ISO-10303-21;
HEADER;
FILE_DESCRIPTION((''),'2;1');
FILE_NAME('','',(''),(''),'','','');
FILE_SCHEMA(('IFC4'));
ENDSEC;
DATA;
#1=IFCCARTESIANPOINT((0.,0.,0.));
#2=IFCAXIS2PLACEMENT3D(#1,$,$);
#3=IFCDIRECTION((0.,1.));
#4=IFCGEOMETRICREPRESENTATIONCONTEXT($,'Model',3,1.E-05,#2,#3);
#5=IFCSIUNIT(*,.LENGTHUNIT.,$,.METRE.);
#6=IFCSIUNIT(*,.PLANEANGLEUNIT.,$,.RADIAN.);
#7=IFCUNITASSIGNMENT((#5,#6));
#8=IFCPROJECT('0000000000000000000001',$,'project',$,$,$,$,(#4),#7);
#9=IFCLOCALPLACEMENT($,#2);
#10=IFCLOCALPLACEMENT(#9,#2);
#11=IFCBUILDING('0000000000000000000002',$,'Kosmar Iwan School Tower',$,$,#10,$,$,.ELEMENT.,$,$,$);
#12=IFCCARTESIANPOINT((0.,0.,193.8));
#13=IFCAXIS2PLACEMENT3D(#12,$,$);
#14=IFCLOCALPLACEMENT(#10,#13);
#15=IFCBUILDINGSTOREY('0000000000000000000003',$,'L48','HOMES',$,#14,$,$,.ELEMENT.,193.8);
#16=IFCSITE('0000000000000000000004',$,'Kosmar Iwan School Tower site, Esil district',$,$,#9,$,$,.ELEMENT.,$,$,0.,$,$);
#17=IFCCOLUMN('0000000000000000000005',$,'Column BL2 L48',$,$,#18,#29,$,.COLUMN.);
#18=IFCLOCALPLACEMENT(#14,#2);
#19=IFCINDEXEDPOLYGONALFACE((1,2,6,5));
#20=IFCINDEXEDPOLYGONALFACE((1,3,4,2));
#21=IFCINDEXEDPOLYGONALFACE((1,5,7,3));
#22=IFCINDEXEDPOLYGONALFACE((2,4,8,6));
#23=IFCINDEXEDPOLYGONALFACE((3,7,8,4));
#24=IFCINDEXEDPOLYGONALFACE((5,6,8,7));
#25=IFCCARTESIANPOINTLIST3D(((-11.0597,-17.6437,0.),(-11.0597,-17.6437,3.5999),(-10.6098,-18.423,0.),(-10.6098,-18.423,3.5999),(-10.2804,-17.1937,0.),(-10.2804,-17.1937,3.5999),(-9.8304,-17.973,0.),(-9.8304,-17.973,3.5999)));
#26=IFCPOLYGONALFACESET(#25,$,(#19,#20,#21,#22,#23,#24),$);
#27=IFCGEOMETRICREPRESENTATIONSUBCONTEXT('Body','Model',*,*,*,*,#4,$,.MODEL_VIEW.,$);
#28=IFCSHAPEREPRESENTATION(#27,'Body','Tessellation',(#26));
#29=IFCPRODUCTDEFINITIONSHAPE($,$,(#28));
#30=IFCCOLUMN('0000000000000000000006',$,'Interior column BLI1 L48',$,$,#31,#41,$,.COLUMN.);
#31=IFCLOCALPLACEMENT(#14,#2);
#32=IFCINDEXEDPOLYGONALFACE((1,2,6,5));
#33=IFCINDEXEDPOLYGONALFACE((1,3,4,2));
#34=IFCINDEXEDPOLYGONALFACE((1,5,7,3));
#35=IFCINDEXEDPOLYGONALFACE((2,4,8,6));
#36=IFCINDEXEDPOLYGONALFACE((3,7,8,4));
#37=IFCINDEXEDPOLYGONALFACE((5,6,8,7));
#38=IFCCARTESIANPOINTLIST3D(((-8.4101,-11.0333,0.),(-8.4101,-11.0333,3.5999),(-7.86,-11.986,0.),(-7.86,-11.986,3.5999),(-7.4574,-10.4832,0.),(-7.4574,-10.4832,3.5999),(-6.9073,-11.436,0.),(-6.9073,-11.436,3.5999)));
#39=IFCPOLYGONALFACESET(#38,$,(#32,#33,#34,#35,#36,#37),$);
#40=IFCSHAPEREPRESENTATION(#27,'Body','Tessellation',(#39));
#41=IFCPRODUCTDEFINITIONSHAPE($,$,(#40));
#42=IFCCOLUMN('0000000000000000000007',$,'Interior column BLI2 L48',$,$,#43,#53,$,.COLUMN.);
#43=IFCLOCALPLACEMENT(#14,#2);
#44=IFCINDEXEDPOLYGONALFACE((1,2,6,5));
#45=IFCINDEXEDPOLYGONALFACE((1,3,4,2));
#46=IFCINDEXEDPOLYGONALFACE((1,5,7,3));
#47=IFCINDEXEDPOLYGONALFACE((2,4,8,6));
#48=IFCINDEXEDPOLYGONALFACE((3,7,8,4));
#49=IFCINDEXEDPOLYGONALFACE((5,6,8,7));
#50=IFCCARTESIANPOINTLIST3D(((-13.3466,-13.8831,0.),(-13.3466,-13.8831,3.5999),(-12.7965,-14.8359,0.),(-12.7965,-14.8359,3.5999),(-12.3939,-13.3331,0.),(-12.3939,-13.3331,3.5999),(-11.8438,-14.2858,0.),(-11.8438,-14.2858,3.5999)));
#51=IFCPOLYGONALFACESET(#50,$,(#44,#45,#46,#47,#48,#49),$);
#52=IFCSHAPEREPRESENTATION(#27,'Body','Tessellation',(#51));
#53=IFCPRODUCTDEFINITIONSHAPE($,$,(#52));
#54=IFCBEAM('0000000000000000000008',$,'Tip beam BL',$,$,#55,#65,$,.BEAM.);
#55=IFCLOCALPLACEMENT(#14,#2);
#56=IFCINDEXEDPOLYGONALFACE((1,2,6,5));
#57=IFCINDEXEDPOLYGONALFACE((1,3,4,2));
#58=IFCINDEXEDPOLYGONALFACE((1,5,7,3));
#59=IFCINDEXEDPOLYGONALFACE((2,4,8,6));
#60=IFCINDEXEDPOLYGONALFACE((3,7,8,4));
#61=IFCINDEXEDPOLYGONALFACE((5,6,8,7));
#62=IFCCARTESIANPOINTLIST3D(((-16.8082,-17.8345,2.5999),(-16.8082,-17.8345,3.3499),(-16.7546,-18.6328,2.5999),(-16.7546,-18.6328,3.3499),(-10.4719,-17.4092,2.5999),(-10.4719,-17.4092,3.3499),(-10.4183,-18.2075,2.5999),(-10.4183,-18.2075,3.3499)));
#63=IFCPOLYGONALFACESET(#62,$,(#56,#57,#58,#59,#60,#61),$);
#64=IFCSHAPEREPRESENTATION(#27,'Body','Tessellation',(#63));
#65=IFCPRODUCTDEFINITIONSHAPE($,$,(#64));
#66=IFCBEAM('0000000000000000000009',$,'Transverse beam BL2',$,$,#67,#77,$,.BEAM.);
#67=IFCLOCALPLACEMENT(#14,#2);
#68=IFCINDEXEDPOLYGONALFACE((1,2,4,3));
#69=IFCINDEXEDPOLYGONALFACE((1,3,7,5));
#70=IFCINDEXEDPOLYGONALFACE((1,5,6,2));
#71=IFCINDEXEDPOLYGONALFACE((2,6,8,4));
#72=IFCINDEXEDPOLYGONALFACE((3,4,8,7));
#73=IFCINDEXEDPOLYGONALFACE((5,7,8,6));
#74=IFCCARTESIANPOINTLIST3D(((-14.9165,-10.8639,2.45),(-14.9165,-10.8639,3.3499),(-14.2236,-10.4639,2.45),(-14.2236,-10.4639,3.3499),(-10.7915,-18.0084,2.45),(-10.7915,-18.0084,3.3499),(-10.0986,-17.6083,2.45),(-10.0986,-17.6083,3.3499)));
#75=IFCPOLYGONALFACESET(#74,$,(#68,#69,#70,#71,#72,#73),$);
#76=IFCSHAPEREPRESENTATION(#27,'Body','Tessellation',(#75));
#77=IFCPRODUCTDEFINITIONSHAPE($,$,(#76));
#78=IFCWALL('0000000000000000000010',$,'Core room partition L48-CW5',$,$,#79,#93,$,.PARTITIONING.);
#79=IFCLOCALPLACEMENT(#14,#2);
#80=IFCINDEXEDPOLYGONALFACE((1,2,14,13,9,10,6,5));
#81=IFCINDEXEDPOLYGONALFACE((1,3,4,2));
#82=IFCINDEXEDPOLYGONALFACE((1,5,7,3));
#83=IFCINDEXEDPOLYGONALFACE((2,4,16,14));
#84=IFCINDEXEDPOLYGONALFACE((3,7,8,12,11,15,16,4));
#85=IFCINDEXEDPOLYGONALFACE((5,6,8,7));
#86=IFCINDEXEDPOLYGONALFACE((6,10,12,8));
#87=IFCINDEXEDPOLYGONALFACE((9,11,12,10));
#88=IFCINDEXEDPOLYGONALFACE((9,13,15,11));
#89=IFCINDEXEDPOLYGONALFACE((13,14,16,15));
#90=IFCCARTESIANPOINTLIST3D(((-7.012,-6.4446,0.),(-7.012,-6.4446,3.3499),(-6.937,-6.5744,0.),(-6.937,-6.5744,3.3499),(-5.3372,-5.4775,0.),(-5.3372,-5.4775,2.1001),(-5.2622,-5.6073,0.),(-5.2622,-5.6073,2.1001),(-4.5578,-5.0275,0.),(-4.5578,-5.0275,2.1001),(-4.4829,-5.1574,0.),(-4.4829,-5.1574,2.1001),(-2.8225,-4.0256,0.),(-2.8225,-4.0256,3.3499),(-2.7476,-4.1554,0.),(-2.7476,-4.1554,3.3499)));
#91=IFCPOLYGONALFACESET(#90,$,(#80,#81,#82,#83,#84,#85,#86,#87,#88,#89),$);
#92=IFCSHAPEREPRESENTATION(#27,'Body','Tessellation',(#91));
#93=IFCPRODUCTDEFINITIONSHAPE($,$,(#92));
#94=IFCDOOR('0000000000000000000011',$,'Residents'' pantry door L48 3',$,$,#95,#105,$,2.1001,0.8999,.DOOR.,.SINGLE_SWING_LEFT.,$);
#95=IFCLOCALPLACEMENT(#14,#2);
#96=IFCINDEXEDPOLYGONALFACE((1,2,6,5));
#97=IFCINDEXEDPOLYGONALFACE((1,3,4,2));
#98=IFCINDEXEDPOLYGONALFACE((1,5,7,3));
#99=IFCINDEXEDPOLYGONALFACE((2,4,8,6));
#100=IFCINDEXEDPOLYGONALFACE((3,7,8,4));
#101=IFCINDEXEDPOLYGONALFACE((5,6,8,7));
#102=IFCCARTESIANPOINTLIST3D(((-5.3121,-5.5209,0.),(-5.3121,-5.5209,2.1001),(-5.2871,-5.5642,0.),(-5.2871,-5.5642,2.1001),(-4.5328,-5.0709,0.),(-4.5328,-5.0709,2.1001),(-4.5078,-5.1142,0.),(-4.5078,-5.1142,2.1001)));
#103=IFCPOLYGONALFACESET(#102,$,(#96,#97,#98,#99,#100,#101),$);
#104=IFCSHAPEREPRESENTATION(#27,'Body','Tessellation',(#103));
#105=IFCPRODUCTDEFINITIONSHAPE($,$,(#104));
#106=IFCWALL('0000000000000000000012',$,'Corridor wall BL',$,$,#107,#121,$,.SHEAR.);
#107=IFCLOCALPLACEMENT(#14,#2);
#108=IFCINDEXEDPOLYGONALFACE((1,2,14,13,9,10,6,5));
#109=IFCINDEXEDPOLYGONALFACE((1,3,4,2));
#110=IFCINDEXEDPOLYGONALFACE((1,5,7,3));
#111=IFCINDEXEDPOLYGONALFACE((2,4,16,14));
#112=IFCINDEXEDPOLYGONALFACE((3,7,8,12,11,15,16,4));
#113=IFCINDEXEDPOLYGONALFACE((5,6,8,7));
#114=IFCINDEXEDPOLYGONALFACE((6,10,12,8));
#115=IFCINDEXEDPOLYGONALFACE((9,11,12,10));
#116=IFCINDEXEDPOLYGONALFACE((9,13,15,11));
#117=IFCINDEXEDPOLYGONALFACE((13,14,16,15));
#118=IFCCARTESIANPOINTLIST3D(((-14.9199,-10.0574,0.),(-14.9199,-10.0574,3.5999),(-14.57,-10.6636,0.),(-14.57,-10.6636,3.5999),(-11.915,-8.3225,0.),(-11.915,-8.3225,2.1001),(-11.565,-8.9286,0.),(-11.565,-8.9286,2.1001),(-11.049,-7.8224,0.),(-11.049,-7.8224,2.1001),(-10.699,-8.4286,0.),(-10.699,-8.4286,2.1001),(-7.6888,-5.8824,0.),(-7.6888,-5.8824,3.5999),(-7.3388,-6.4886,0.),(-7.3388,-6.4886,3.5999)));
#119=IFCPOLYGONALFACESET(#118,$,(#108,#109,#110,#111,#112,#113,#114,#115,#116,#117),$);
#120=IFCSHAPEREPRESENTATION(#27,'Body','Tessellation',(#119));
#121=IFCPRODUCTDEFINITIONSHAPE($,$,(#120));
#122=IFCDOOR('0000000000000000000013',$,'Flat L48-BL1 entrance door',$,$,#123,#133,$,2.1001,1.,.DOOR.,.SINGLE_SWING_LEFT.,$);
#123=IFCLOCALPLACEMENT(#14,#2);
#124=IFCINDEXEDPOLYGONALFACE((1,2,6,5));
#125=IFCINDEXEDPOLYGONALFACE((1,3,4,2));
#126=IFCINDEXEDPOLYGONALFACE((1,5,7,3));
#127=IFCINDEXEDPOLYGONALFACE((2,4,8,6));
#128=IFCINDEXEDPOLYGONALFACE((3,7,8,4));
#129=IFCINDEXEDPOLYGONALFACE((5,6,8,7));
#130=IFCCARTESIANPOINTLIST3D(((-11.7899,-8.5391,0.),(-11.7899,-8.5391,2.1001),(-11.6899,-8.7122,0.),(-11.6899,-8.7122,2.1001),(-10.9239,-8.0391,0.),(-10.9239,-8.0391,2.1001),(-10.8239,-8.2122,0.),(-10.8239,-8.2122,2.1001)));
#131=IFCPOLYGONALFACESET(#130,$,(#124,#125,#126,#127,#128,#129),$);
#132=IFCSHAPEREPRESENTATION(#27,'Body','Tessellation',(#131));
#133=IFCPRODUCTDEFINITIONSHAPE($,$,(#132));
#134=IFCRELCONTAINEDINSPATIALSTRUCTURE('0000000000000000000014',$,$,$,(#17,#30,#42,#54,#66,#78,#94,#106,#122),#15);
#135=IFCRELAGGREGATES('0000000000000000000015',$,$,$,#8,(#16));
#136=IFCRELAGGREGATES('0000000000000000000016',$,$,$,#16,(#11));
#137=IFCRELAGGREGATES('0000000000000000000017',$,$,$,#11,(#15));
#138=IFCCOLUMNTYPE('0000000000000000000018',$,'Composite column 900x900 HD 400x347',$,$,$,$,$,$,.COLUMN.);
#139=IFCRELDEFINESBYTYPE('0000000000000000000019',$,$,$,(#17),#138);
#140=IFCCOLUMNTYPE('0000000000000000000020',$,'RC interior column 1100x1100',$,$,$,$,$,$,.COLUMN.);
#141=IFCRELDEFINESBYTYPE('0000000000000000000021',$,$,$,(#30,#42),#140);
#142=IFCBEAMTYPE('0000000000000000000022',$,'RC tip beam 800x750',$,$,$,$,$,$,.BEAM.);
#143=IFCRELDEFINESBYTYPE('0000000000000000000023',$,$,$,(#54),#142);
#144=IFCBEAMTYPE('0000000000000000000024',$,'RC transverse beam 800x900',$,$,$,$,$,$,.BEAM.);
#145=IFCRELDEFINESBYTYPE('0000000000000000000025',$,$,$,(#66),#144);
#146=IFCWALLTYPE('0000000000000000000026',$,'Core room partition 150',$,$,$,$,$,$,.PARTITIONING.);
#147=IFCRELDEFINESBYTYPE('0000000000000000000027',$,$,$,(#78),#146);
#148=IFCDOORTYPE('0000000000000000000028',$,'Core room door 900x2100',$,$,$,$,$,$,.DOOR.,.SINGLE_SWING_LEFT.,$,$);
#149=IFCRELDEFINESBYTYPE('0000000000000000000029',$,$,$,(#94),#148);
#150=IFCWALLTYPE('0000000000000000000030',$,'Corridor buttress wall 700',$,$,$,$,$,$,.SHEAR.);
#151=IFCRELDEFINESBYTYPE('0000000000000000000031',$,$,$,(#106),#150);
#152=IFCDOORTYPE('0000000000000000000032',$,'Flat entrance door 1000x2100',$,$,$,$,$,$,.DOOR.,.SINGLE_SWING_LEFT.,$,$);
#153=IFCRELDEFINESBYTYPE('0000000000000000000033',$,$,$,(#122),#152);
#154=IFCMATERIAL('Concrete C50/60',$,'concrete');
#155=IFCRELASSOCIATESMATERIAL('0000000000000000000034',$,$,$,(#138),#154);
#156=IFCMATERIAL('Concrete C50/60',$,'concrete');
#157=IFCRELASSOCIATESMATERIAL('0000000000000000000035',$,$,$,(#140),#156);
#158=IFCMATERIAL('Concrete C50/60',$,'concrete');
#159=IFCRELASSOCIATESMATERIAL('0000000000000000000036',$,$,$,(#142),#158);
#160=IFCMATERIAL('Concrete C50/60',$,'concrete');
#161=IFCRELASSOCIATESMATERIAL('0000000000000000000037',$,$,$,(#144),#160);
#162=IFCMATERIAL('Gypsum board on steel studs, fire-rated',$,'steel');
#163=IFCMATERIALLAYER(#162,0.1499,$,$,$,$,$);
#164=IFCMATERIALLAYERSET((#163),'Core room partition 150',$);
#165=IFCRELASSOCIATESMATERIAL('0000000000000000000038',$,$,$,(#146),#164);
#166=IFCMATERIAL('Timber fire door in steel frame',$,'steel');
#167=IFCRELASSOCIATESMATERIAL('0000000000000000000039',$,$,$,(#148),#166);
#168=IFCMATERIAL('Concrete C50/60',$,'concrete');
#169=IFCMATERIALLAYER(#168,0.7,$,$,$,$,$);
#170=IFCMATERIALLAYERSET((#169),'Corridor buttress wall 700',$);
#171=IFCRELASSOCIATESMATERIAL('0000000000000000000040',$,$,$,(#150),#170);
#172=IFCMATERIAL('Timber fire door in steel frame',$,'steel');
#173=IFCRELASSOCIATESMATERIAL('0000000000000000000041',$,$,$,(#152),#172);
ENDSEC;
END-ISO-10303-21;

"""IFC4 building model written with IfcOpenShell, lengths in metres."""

from ifc_helpers import new_model, si_unit, direction, frame, frame_2d, origin, origin_2d, place, context, subcontext, project, spatial, rectangle, extrude, material, layer, layer_set, material_profile, profile_set, type_object, element, fill, save


model = new_model("IFC4")

# Units and contexts
model_context = context("Model", 3, precision=1e-05, world=origin(), true_north=direction((0.0, 1.0)))
body_context = subcontext(model_context, "Body", "Model", "MODEL_VIEW")
ifc_project = project(units=[si_unit("LENGTHUNIT", "METRE"), si_unit("PLANEANGLEUNIT", "RADIAN")], contexts=[model_context])

# Site, building, storey
site_placement = place(None, origin())
site = spatial("IfcSite", under=ifc_project, at=site_placement, Name="Kosmar Iwan School Tower site, Esil district", CompositionType="ELEMENT", RefElevation=0.0)
building_placement = place(site_placement, origin())
building = spatial("IfcBuilding", under=site, at=building_placement, Name="Kosmar Iwan School Tower", CompositionType="ELEMENT")
storey_placement = place(building_placement, frame((0.0, 0.0, 193.8)))
storey = spatial("IfcBuildingStorey", under=building, at=storey_placement, Name="L48", Description="HOMES", CompositionType="ELEMENT", Elevation=193.8)

# Columns
ifc_material_1 = material(Name="Concrete C50/60", Category="concrete")
ifc_material_profile_1 = material_profile(ifc_material_1, rectangle(XDim=0.8999, YDim=0.8999, at=origin_2d()), Name="RC 900x900 + HD 400x347")
ifc_profile_set_1 = profile_set([ifc_material_profile_1], Name="Concrete C50/60")
column_type_1 = type_object("IfcColumnType", Name="Composite column 900x900 HD 400x347", PredefinedType="COLUMN", material=ifc_profile_set_1)
column_placement = place(storey_placement, frame((-10.4451, -17.8083, 0.0), z_axis=(0.0, 0.0, 1.0), x_axis=(-0.866025, -0.5, 0.0)))
element("IfcColumn", 1, at=column_placement, inside=storey, type_object=column_type_1, Name="Column BL2 L48", PredefinedType="COLUMN", context=body_context, shape_type="SweptSolid", body=[
    extrude(rectangle(XDim=0.8999, YDim=0.8999, at=origin_2d()), origin(), (0.0, 0.0, 1.0), 3.5999),
])
ifc_material_2 = material(Name="Concrete C50/60", Category="concrete")
ifc_material_profile_2 = material_profile(ifc_material_2, rectangle(XDim=1.1001, YDim=1.1001, at=origin_2d()), Name="RC 1100x1100")
ifc_profile_set_2 = profile_set([ifc_material_profile_2], Name="Concrete C50/60")
column_type_2 = type_object("IfcColumnType", Name="RC interior column 1100x1100", PredefinedType="COLUMN", material=ifc_profile_set_2)
for number, where, z_axis, x_axis, name in (
    (2, (-7.6587, -11.2346, 0.0), (0.0, 0.0, 1.0), (-0.866025, -0.5, 0.0), "Interior column BLI1 L48"),
    (3, (-12.5952, -14.0845, 0.0), (0.0, 0.0, 1.0), (-0.866025, -0.5, 0.0), "Interior column BLI2 L48"),
):
    element("IfcColumn", number, at=place(storey_placement, frame(where, z_axis=z_axis, x_axis=x_axis)), inside=storey, type_object=column_type_2, Name=name, PredefinedType="COLUMN", context=body_context, shape_type="SweptSolid", body=[
        extrude(rectangle(XDim=1.1001, YDim=1.1001, at=origin_2d()), origin(), (0.0, 0.0, 1.0), 3.5999),
    ])

# Beams
ifc_material_3 = material(Name="Concrete C50/60", Category="concrete")
ifc_material_profile_3 = material_profile(ifc_material_3, rectangle(XDim=0.8, YDim=0.75, at=origin_2d()), Name="RC 800x750")
ifc_profile_set_3 = profile_set([ifc_material_profile_3], Name="Concrete C50/60")
beam_type_1 = type_object("IfcBeamType", Name="RC tip beam 800x750", PredefinedType="BEAM", material=ifc_profile_set_3)
beam_1_placement = place(storey_placement, frame((-10.4451, -17.8083, 2.9749), z_axis=(-0.997755, -0.066968, 0.0), x_axis=(0.066968, -0.997755, 0.0)))
element("IfcBeam", 4, at=beam_1_placement, inside=storey, type_object=beam_type_1, Name="Tip beam BL", PredefinedType="BEAM", context=body_context, shape_type="SweptSolid", body=[
    extrude(rectangle(XDim=0.8, YDim=0.75, at=origin_2d()), origin(), (0.0, 0.0, 1.0), 6.3506),
])
ifc_material_4 = material(Name="Concrete C50/60", Category="concrete")
ifc_material_profile_4 = material_profile(ifc_material_4, rectangle(XDim=0.8, YDim=0.8999, at=origin_2d()), Name="RC 800x900")
ifc_profile_set_4 = profile_set([ifc_material_profile_4], Name="Concrete C50/60")
beam_type_2 = type_object("IfcBeamType", Name="RC transverse beam 800x900", PredefinedType="BEAM", material=ifc_profile_set_4)
beam_2_placement = place(storey_placement, frame((-10.4451, -17.8083, 2.8999), z_axis=(-0.500009, 0.86602, 0.0), x_axis=(-0.86602, -0.500009, 0.0)))
element("IfcBeam", 5, at=beam_2_placement, inside=storey, type_object=beam_type_2, Name="Transverse beam BL2", PredefinedType="BEAM", context=body_context, shape_type="SweptSolid", body=[
    extrude(rectangle(XDim=0.8, YDim=0.8999, at=origin_2d()), origin(), (0.0, 0.0, 1.0), 8.2498),
])

# Walls, openings, doors
ifc_material_5 = material(Name="Gypsum board on steel studs, fire-rated", Category="steel")
ifc_layer_1 = layer(ifc_material_5, 0.1499)
ifc_layer_set_1 = layer_set([ifc_layer_1], Name="Core room partition 150")
wall_type_1 = type_object("IfcWallType", Name="Core room partition 150", PredefinedType="PARTITIONING", material=ifc_layer_set_1)
wall_1_placement = place(storey_placement, frame((-6.9746, -6.5095, 0.0), z_axis=(0.0, 0.0, 1.0), x_axis=(0.866011, 0.500025, 0.0)))
wall_1 = element("IfcWall", 6, at=wall_1_placement, inside=storey, type_object=wall_type_1, Name="Core room partition L48-CW5", PredefinedType="PARTITIONING", context=body_context, shape_type="SweptSolid", body=[
    extrude(rectangle(XDim=4.8376, YDim=0.1499, at=frame_2d((2.4189, 0.0))), origin(), (0.0, 0.0, 1.0), 3.3499),
])
opening_1_placement = place(wall_1_placement, frame((1.9341, 0.0, 0.0)))
opening_1 = element("IfcOpeningElement", 7, at=opening_1_placement, cuts=wall_1, PredefinedType="OPENING", context=body_context, shape_type="SweptSolid", body=[
    extrude(rectangle(XDim=0.8999, YDim=2.1001, at=frame_2d((0.45, 1.05))), frame((0.0, 0.0869, 0.0), z_axis=(0.0, -1.0, 0.0), x_axis=(1.0, 0.0, 0.0)), (0.0, 0.0, 1.0), 0.1738),
])
ifc_material_6 = material(Name="Timber fire door in steel frame", Category="steel")
door_type_1 = type_object("IfcDoorType", Name="Core room door 900x2100", OperationType="SINGLE_SWING_LEFT", PredefinedType="DOOR", material=ifc_material_6)
door_1_placement = place(opening_1_placement, origin())
door_1 = element("IfcDoor", 8, at=door_1_placement, inside=storey, type_object=door_type_1, Name="Residents' pantry door L48 3", OperationType="SINGLE_SWING_LEFT", OverallHeight=2.1001, OverallWidth=0.8999, PredefinedType="DOOR", context=body_context, shape_type="SweptSolid", body=[
    extrude(rectangle(XDim=0.8999, YDim=2.1001, at=frame_2d((0.45, 1.05))), frame((0.0, 0.0249, 0.0), z_axis=(0.0, -1.0, 0.0), x_axis=(1.0, 0.0, 0.0)), (0.0, 0.0, 1.0), 0.05),
])
fill(opening_1, door_1)
ifc_material_7 = material(Name="Concrete C50/60", Category="concrete")
ifc_layer_2 = layer(ifc_material_7, 0.7)
ifc_layer_set_2 = layer_set([ifc_layer_2], Name="Corridor buttress wall 700")
wall_type_2 = type_object("IfcWallType", Name="Corridor buttress wall 700", PredefinedType="SHEAR", material=ifc_layer_set_2)
wall_2_placement = place(storey_placement, frame((-7.5139, -6.1855, 0.0), z_axis=(0.0, 0.0, 1.0), x_axis=(-0.86602, -0.50001, 0.0)))
wall_2 = element("IfcWall", 9, at=wall_2_placement, inside=storey, type_object=wall_type_2, Name="Corridor wall BL", PredefinedType="SHEAR", context=body_context, shape_type="SweptSolid", body=[
    extrude(rectangle(XDim=8.3499, YDim=0.7, at=frame_2d((4.1748, 0.0))), origin(), (0.0, 0.0, 1.0), 3.5999),
])
opening_2_placement = place(wall_2_placement, frame((3.8799, 0.0, 0.0)))
opening_2 = element("IfcOpeningElement", 10, at=opening_2_placement, cuts=wall_2, PredefinedType="OPENING", context=body_context, shape_type="SweptSolid", body=[
    extrude(rectangle(XDim=1.0, YDim=2.1001, at=frame_2d((0.5, 1.05))), frame((0.0, 0.3621, 0.0), z_axis=(0.0, -1.0, 0.0), x_axis=(1.0, 0.0, 0.0)), (0.0, 0.0, 1.0), 0.7239),
])
ifc_material_8 = material(Name="Timber fire door in steel frame", Category="steel")
door_type_2 = type_object("IfcDoorType", Name="Flat entrance door 1000x2100", OperationType="SINGLE_SWING_LEFT", PredefinedType="DOOR", material=ifc_material_8)
door_2_placement = place(opening_2_placement, origin())
door_2 = element("IfcDoor", 11, at=door_2_placement, inside=storey, type_object=door_type_2, Name="Flat L48-BL1 entrance door", OperationType="SINGLE_SWING_LEFT", OverallHeight=2.1001, OverallWidth=1.0, PredefinedType="DOOR", context=body_context, shape_type="SweptSolid", body=[
    extrude(rectangle(XDim=1.0, YDim=2.1001, at=frame_2d((0.5, 1.05))), frame((0.0, 0.1001, 0.0), z_axis=(0.0, -1.0, 0.0), x_axis=(1.0, 0.0, 0.0)), (0.0, 0.0, 1.0), 0.2),
])
fill(opening_2, door_2)

save(model, "model.ifc")
